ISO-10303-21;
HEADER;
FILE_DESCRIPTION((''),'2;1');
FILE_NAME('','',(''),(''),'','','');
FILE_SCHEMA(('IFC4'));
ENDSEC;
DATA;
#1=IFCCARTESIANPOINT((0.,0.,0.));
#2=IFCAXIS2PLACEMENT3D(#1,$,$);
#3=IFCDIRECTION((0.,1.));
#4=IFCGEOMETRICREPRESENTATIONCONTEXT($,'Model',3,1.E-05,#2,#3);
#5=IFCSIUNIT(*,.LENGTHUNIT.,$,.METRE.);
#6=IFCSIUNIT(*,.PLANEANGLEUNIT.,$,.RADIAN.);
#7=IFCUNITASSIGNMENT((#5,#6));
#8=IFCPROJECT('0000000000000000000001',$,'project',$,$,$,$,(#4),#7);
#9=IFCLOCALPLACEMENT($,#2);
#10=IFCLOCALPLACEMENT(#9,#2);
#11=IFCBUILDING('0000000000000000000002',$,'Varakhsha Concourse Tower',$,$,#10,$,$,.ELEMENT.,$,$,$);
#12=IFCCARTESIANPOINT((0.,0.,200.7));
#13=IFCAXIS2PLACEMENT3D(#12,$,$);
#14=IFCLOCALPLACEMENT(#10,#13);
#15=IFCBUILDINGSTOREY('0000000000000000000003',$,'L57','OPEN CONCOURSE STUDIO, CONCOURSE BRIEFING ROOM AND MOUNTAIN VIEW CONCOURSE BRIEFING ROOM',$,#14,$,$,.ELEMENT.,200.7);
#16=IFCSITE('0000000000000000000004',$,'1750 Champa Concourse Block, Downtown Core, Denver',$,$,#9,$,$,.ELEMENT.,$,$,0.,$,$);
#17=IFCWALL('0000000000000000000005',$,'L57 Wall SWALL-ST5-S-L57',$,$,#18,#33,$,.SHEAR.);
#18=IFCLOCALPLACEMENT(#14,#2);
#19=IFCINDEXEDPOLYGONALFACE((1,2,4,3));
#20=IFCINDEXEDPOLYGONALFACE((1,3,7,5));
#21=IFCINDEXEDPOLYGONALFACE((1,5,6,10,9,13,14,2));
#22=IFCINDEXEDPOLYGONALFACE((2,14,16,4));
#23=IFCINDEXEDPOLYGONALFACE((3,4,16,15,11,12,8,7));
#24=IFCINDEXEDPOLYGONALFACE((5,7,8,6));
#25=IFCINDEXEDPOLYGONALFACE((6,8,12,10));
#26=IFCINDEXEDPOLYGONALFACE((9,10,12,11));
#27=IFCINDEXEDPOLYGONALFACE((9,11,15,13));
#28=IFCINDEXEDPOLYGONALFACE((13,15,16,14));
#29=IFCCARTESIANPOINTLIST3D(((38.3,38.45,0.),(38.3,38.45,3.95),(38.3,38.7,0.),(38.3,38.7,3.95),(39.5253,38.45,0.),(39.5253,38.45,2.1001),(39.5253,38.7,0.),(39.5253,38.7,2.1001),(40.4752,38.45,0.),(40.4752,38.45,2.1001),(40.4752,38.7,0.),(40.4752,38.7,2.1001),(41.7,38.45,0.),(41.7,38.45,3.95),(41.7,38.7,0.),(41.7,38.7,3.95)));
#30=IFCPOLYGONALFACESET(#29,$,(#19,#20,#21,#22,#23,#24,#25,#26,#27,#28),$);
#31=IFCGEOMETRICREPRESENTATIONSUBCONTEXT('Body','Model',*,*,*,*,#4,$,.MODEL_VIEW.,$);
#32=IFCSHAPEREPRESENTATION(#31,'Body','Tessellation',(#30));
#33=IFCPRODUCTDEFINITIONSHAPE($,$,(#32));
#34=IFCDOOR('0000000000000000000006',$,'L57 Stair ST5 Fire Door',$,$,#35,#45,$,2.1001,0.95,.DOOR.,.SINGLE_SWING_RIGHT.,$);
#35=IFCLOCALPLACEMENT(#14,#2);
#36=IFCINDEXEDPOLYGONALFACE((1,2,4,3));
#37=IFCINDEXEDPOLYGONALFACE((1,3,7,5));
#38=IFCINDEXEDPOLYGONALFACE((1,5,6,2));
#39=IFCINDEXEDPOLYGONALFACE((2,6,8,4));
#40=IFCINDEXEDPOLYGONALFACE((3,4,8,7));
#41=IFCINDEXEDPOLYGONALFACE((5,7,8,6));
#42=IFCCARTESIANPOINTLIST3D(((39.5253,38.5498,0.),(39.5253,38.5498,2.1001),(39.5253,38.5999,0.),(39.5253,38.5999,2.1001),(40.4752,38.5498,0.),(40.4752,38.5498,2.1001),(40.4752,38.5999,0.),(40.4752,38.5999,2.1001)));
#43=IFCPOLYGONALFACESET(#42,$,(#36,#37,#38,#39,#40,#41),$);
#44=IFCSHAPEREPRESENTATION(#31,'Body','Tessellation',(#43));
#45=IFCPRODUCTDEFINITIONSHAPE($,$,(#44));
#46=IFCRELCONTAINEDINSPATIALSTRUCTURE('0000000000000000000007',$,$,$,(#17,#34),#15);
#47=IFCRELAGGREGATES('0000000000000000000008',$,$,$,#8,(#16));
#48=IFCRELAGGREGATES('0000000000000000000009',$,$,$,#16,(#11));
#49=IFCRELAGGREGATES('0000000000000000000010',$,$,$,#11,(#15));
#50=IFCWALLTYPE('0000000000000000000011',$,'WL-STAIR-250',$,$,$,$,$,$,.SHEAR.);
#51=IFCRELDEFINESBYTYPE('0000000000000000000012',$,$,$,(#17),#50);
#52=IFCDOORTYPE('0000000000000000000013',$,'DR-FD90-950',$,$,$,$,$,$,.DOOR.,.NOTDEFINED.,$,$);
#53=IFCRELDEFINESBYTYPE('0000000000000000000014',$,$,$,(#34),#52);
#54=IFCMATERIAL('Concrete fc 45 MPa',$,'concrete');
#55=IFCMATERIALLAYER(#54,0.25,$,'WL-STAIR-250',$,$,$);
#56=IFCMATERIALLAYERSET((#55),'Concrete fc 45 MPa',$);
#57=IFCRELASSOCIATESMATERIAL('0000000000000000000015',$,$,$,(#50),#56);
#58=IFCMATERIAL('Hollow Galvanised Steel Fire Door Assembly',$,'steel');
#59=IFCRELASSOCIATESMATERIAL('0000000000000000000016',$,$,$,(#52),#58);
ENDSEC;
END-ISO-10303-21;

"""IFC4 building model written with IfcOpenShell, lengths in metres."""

from ifc_helpers import new_model, si_unit, direction, frame, frame_2d, origin, place, context, subcontext, project, spatial, rectangle, extrude, material, layer, layer_set, type_object, element, fill, save


model = new_model("IFC4")

# Units and contexts
model_context = context("Model", 3, precision=1e-05, world=origin(), true_north=direction((0.0, 1.0)))
body_context = subcontext(model_context, "Body", "Model", "MODEL_VIEW")
ifc_project = project(units=[si_unit("LENGTHUNIT", "METRE"), si_unit("PLANEANGLEUNIT", "RADIAN")], contexts=[model_context])

# Site, building, storey
site_placement = place(None, origin())
site = spatial("IfcSite", under=ifc_project, at=site_placement, Name="1750 Champa Concourse Block, Downtown Core, Denver", CompositionType="ELEMENT", RefElevation=0.0)
building_placement = place(site_placement, origin())
building = spatial("IfcBuilding", under=site, at=building_placement, Name="Varakhsha Concourse Tower", CompositionType="ELEMENT")
storey_placement = place(building_placement, frame((0.0, 0.0, 200.7)))
storey = spatial("IfcBuildingStorey", under=building, at=storey_placement, Name="L57", Description="OPEN CONCOURSE STUDIO, CONCOURSE BRIEFING ROOM AND MOUNTAIN VIEW CONCOURSE BRIEFING ROOM", CompositionType="ELEMENT", Elevation=200.7)

# Shared definitions
ifc_material_1 = material(Name="Hollow Galvanised Steel Fire Door Assembly", Category="steel")

# Shared definitions
ifc_material_2 = material(Name="Concrete fc 45 MPa", Category="concrete")
ifc_layer_1 = layer(ifc_material_2, 0.25, Name="WL-STAIR-250")
ifc_layer_set_1 = layer_set([ifc_layer_1], Name="Concrete fc 45 MPa")
wall_type_1 = type_object("IfcWallType", Name="WL-STAIR-250", PredefinedType="SHEAR", material=ifc_layer_set_1)

# Wall, opening, door
wall_1_placement = place(storey_placement, frame((38.3, 38.575, 0.0), z_axis=(0.0, 0.0, 1.0), x_axis=(1.0, 0.0, 0.0)))
wall_1 = element("IfcWall", 1, at=wall_1_placement, inside=storey, type_object=wall_type_1, Name="L57 Wall SWALL-ST5-S-L57", PredefinedType="SHEAR", context=body_context, shape_type="SweptSolid", body=[
    extrude(rectangle(XDim=3.3999, YDim=0.25, at=frame_2d((1.7, 0.0))), origin(), (0.0, 0.0, 1.0), 3.95),
])
opening_1_placement = place(wall_1_placement, frame((1.2251, 0.0, 0.0)))
opening_1 = element("IfcOpeningElement", 2, at=opening_1_placement, cuts=wall_1, PredefinedType="OPENING", context=body_context, shape_type="SweptSolid", body=[
    extrude(rectangle(XDim=0.95, YDim=2.1001, at=frame_2d((0.4751, 1.05))), frame((0.0, 0.135, 0.0), z_axis=(0.0, -1.0, 0.0), x_axis=(1.0, 0.0, 0.0)), (0.0, 0.0, 1.0), 0.27),
])
door_type_1 = type_object("IfcDoorType", Name="DR-FD90-950", OperationType="NOTDEFINED", PredefinedType="DOOR", material=ifc_material_1)
door_1_placement = place(opening_1_placement, origin())
door_1 = element("IfcDoor", 3, at=door_1_placement, inside=storey, type_object=door_type_1, Name="L57 Stair ST5 Fire Door", OperationType="SINGLE_SWING_RIGHT", OverallHeight=2.1001, OverallWidth=0.95, PredefinedType="DOOR", context=body_context, shape_type="SweptSolid", body=[
    extrude(rectangle(XDim=0.95, YDim=2.1001, at=frame_2d((0.4751, 1.05))), frame((0.0, 0.0249, 0.0), z_axis=(0.0, -1.0, 0.0), x_axis=(1.0, 0.0, 0.0)), (0.0, 0.0, 1.0), 0.05),
])
fill(opening_1, door_1)

save(model, "model.ifc")
